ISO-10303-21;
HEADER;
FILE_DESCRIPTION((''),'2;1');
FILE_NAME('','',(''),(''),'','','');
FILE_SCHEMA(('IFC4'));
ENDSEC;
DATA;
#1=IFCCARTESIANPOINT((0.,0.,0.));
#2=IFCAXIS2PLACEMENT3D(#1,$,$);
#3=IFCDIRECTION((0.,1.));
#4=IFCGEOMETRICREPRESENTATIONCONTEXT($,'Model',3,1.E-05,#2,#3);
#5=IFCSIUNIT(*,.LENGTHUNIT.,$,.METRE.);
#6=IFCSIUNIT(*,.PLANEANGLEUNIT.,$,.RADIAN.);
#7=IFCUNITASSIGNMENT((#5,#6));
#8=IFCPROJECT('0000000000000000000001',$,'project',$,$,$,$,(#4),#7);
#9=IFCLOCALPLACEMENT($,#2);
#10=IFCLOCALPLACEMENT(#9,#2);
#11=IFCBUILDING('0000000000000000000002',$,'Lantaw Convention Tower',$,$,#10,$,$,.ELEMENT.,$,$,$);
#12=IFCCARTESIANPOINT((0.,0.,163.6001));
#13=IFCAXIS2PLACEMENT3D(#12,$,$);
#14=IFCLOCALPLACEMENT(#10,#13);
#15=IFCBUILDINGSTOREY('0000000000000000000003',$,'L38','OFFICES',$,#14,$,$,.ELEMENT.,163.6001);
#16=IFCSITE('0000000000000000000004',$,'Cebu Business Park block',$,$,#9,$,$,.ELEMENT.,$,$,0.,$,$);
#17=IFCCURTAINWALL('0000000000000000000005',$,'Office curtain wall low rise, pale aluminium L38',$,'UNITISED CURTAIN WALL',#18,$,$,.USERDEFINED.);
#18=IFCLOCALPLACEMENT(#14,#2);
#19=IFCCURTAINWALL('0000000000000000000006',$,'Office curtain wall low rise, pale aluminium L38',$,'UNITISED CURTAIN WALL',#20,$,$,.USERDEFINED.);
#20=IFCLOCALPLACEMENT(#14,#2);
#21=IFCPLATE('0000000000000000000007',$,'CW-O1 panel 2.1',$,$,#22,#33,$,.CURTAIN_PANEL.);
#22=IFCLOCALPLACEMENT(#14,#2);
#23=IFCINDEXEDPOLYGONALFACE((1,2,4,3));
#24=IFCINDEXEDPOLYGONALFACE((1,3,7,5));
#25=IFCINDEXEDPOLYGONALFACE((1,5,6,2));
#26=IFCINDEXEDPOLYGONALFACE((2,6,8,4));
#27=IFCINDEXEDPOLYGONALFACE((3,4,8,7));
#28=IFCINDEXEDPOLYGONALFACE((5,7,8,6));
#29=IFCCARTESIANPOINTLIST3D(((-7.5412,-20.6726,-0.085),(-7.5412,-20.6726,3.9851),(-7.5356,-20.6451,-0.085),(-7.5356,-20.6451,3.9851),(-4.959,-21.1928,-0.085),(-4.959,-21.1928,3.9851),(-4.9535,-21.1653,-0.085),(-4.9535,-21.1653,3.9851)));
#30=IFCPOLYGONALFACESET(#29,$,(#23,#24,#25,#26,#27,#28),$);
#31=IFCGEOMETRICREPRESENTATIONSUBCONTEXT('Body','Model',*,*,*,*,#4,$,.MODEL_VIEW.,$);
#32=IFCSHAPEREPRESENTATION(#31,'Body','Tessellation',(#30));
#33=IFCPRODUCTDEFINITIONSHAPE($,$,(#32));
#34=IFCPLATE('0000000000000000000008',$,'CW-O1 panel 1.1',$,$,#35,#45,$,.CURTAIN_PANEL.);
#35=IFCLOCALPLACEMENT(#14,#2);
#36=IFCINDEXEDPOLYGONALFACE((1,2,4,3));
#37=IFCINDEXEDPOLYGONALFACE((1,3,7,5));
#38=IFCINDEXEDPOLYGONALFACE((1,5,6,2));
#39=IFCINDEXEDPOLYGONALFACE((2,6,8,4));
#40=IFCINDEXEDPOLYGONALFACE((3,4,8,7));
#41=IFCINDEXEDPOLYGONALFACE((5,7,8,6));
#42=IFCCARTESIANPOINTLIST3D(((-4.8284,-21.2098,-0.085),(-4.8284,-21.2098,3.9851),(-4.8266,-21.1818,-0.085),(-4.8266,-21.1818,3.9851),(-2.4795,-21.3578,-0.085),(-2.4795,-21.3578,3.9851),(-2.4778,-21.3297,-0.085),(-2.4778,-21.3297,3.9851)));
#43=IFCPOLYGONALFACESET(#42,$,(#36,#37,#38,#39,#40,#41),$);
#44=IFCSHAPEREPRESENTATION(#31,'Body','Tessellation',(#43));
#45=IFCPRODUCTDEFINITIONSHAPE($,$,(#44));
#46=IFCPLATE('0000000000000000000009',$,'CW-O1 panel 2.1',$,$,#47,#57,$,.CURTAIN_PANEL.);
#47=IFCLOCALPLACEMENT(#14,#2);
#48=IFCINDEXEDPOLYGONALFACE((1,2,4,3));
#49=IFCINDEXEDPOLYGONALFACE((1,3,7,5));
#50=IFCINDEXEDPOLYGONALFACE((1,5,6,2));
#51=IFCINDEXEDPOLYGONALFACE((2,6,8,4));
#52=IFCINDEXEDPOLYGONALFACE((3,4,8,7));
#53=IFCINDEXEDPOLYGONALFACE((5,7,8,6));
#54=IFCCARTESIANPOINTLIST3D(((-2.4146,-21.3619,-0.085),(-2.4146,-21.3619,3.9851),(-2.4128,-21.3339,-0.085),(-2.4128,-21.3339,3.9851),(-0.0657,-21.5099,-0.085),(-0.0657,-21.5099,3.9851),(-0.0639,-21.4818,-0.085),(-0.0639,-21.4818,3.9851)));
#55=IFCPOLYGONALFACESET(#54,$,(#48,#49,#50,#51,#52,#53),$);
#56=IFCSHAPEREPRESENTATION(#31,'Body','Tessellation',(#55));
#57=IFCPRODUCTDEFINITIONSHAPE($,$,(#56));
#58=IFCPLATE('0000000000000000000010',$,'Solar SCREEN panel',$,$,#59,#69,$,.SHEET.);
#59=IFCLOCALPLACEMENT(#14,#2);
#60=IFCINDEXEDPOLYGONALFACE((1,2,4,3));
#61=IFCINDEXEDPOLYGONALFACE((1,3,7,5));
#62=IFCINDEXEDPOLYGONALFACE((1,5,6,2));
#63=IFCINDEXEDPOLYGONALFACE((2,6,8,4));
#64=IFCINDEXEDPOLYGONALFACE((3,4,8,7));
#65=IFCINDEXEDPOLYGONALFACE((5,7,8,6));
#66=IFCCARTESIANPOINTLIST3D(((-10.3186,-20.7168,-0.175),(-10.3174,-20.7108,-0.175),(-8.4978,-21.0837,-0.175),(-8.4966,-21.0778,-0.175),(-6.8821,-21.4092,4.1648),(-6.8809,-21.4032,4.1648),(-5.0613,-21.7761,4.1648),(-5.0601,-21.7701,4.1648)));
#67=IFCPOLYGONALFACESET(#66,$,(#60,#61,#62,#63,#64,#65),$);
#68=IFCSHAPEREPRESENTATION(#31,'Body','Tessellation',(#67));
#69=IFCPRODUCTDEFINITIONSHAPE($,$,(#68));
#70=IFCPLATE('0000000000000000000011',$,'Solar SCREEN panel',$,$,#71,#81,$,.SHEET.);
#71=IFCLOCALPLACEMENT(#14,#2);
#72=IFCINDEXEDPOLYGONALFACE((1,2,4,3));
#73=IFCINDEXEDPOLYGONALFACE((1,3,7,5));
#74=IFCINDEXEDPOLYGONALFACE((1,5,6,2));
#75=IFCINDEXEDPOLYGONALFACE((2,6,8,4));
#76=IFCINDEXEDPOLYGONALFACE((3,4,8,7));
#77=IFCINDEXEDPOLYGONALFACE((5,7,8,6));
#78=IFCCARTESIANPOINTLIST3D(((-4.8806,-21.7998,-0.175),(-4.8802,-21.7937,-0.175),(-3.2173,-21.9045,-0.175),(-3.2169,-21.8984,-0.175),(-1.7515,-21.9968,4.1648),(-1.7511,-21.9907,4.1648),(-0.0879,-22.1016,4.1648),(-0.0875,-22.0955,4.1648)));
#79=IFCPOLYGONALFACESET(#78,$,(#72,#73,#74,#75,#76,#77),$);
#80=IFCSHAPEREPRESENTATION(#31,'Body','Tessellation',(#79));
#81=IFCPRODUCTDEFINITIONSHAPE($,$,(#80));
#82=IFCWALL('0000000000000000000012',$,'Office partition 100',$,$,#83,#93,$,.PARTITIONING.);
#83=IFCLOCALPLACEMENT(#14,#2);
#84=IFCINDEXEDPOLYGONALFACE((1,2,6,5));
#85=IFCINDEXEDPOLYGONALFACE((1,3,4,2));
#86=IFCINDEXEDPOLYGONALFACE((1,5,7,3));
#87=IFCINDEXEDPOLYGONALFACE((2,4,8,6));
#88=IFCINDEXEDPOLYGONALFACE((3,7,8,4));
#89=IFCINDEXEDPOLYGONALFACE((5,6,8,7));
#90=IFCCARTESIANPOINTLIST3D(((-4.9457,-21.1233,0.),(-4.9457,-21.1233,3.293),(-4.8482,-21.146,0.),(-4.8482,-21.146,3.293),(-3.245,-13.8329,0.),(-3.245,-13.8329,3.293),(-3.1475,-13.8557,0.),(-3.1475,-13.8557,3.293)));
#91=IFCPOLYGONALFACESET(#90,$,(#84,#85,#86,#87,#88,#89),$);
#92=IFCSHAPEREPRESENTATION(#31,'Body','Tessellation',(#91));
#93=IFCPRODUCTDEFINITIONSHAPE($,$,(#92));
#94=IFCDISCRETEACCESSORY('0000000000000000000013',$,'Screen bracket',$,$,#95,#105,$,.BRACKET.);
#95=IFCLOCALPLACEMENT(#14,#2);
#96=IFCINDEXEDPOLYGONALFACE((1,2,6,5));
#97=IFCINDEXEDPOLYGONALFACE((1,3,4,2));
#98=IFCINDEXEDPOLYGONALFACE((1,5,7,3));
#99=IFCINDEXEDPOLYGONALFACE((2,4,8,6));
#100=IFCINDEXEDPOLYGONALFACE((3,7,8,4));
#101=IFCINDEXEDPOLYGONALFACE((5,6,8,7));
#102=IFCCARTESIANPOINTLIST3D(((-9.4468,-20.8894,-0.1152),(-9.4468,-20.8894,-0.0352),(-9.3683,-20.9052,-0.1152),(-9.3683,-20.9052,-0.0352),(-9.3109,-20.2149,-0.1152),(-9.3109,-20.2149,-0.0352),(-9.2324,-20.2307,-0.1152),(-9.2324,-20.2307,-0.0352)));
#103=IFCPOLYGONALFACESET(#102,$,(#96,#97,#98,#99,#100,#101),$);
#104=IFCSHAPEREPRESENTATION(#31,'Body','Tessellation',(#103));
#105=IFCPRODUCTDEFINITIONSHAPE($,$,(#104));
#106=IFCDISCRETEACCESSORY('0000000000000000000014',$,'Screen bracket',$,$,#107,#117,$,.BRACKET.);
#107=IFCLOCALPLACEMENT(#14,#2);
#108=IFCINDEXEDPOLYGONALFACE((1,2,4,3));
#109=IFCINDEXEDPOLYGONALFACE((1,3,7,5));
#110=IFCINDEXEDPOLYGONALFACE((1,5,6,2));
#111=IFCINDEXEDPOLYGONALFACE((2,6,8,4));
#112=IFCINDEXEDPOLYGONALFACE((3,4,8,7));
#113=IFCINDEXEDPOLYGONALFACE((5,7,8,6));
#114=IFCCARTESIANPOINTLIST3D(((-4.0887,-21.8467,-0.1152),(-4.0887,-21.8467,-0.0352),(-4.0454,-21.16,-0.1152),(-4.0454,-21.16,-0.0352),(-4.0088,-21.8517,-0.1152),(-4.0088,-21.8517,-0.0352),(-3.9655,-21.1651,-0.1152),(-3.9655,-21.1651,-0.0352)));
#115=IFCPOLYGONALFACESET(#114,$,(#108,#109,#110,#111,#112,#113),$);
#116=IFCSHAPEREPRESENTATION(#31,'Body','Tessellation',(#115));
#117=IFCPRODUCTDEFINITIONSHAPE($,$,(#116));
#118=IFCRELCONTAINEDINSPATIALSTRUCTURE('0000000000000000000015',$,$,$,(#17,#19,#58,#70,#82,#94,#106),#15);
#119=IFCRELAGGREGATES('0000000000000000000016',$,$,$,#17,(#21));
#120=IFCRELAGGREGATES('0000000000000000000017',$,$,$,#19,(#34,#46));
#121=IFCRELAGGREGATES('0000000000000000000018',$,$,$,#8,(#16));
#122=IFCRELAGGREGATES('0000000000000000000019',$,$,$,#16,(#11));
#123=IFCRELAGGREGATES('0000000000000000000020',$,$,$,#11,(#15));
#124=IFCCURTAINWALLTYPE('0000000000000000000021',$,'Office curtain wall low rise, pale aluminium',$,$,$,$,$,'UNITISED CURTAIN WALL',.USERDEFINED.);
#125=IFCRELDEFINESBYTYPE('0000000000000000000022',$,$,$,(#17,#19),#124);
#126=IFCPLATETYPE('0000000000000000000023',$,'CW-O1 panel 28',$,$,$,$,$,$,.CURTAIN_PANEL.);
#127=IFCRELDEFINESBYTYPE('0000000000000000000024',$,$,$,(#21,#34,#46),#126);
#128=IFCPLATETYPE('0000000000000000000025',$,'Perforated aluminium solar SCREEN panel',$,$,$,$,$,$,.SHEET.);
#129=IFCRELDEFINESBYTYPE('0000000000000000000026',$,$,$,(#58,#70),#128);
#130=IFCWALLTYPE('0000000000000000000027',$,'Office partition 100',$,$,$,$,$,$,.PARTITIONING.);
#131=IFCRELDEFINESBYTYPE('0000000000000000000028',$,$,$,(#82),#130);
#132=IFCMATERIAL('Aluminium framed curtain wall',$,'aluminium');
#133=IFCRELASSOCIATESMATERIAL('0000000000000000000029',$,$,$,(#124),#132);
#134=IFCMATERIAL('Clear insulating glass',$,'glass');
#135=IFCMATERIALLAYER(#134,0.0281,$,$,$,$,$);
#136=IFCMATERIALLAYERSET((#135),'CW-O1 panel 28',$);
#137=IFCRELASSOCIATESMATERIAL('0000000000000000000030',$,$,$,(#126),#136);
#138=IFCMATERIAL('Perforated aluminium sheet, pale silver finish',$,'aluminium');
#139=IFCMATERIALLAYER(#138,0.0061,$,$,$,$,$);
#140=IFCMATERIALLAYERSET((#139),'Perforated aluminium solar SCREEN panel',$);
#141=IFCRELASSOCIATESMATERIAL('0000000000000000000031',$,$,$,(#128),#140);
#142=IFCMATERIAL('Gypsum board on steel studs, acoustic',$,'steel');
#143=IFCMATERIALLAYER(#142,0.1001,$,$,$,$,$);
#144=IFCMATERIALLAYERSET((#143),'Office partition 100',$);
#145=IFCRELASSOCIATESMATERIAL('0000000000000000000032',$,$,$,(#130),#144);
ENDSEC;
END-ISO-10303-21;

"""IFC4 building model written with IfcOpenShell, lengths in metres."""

from ifc_helpers import new_model, si_unit, direction, frame, frame_2d, origin, origin_2d, place, context, subcontext, project, spatial, polyline, rectangle, outline, extrude, material, layer, layer_set, type_object, element, aggregate, save


model = new_model("IFC4")

# Units and contexts
model_context = context("Model", 3, precision=1e-05, world=origin(), true_north=direction((0.0, 1.0)))
body_context = subcontext(model_context, "Body", "Model", "MODEL_VIEW")
ifc_project = project(units=[si_unit("LENGTHUNIT", "METRE"), si_unit("PLANEANGLEUNIT", "RADIAN")], contexts=[model_context])

# Site, building, storey
site_placement = place(None, origin())
site = spatial("IfcSite", under=ifc_project, at=site_placement, Name="Cebu Business Park block", CompositionType="ELEMENT", RefElevation=0.0)
building_placement = place(site_placement, origin())
building = spatial("IfcBuilding", under=site, at=building_placement, Name="Lantaw Convention Tower", CompositionType="ELEMENT")
storey_placement = place(building_placement, frame((0.0, 0.0, 163.6001)))
storey = spatial("IfcBuildingStorey", under=building, at=storey_placement, Name="L38", Description="OFFICES", CompositionType="ELEMENT", Elevation=163.6001)

# Shared definitions
ifc_material_1 = material(Name="Aluminium framed curtain wall", Category="aluminium")
curtain_wall_type = type_object("IfcCurtainWallType", Name="Office curtain wall low rise, pale aluminium", ElementType="UNITISED CURTAIN WALL", PredefinedType="USERDEFINED", material=ifc_material_1)

# Curtain walls
curtain_wall_1_placement = place(storey_placement, origin())
curtain_wall_1 = element("IfcCurtainWall", 1, at=curtain_wall_1_placement, inside=storey, type_object=curtain_wall_type, Name="Office curtain wall low rise, pale aluminium L38", ObjectType="UNITISED CURTAIN WALL", PredefinedType="USERDEFINED")
curtain_wall_2_placement = place(storey_placement, origin())
curtain_wall_2 = element("IfcCurtainWall", 2, at=curtain_wall_2_placement, inside=storey, type_object=curtain_wall_type, Name="Office curtain wall low rise, pale aluminium L38", ObjectType="UNITISED CURTAIN WALL", PredefinedType="USERDEFINED")

# Plates
ifc_material_2 = material(Name="Clear insulating glass", Category="glass")
ifc_layer_1 = layer(ifc_material_2, 0.0281)
ifc_layer_set_1 = layer_set([ifc_layer_1], Name="CW-O1 panel 28")
plate_type_1 = type_object("IfcPlateType", Name="CW-O1 panel 28", PredefinedType="CURTAIN_PANEL", material=ifc_layer_set_1)
plate_1_placement = place(storey_placement, frame((-6.2473, -20.9189, -0.085), z_axis=(0.0, 0.0, 1.0), x_axis=(0.980302, -0.197507, 0.0)))
plate_1 = element("IfcPlate", 3, at=plate_1_placement, type_object=plate_type_1, Name="CW-O1 panel 2.1", PredefinedType="CURTAIN_PANEL", context=body_context, shape_type="SweptSolid", body=[
    extrude(rectangle(XDim=2.634, YDim=0.0281, at=origin_2d()), origin(), (0.0, 0.0, 1.0), 4.0701),
])
aggregate(curtain_wall_1, [plate_1])
plate_2_placement = place(storey_placement, frame((-3.6531, -21.2698, -0.085), z_axis=(0.0, 0.0, 1.0), x_axis=(0.998022, -0.062865, 0.0)))
plate_2 = element("IfcPlate", 4, at=plate_2_placement, type_object=plate_type_1, Name="CW-O1 panel 1.1", PredefinedType="CURTAIN_PANEL", context=body_context, shape_type="SweptSolid", body=[
    extrude(rectangle(XDim=2.3535, YDim=0.0281, at=origin_2d()), origin(), (0.0, 0.0, 1.0), 4.0701),
])
plate_3_placement = place(storey_placement, frame((-1.2393, -21.4219, -0.085), z_axis=(0.0, 0.0, 1.0), x_axis=(0.998022, -0.062865, 0.0)))
plate_3 = element("IfcPlate", 5, at=plate_3_placement, type_object=plate_type_1, Name="CW-O1 panel 2.1", PredefinedType="CURTAIN_PANEL", context=body_context, shape_type="SweptSolid", body=[
    extrude(rectangle(XDim=2.3535, YDim=0.0281, at=origin_2d()), origin(), (0.0, 0.0, 1.0), 4.0701),
])
aggregate(curtain_wall_2, [plate_2, plate_3])

# Plates
ifc_material_3 = material(Name="Perforated aluminium sheet, pale silver finish", Category="aluminium")
ifc_layer_2 = layer(ifc_material_3, 0.0061)
ifc_layer_set_2 = layer_set([ifc_layer_2], Name="Perforated aluminium solar SCREEN panel")
plate_type_2 = type_object("IfcPlateType", Name="Perforated aluminium solar SCREEN panel", PredefinedType="SHEET", material=ifc_layer_set_2)
plate_4_placement = place(storey_placement, frame((-10.3186, -20.7168, -0.175), z_axis=(-0.197557, -0.980291, 0.000039), x_axis=(0.980291, -0.197557, 0.0)))
element("IfcPlate", 6, at=plate_4_placement, inside=storey, type_object=plate_type_2, Name="Solar SCREEN panel", PredefinedType="SHEET", context=body_context, shape_type="SweptSolid", body=[
    extrude(outline(polyline([(0.0, 0.0), (1.8574, 0.0), (5.363, 4.3398), (3.5056, 4.3398), (0.0, 0.0)])), origin(), (0.0, 0.0, -1.0), 0.0061),
])
plate_5_placement = place(storey_placement, frame((-4.8806, -21.7998, -0.175), z_axis=(-0.062839, -0.998024, 0.000002), x_axis=(0.998024, -0.062839, 0.0)))
element("IfcPlate", 7, at=plate_5_placement, inside=storey, type_object=plate_type_2, Name="Solar SCREEN panel", PredefinedType="SHEET", context=body_context, shape_type="SweptSolid", body=[
    extrude(outline(polyline([(0.0, 0.0), (1.6666, 0.0), (4.8022, 4.3398), (3.1353, 4.3398), (0.0, 0.0)])), origin(), (0.0, 0.0, -1.0), 0.0061),
])

# Wall
ifc_material_4 = material(Name="Gypsum board on steel studs, acoustic", Category="steel")
ifc_layer_3 = layer(ifc_material_4, 0.1001)
ifc_layer_set_3 = layer_set([ifc_layer_3], Name="Office partition 100")
wall_type = type_object("IfcWallType", Name="Office partition 100", PredefinedType="PARTITIONING", material=ifc_layer_set_3)
wall_placement = place(storey_placement, frame((-4.897, -21.1348, 0.0), z_axis=(0.0, 0.0, 1.0), x_axis=(0.227181, 0.973853, 0.0)))
element("IfcWall", 8, at=wall_placement, inside=storey, type_object=wall_type, Name="Office partition 100", PredefinedType="PARTITIONING", context=body_context, shape_type="SweptSolid", body=[
    extrude(rectangle(XDim=7.4861, YDim=0.1001, at=frame_2d((3.7432, 0.0))), origin(), (0.0, 0.0, 1.0), 3.293),
])

# Discrete accessories
for number, where, z_axis, x_axis, name in (
    (9, (-9.3396, -20.5601, -0.1152), (0.0, 0.0, 1.0), (0.980302, -0.197507, 0.0), "Screen bracket"),
    (10, (-4.0271, -21.5059, -0.1152), (0.0, 0.0, 1.0), (0.998022, -0.062865, 0.0), "Screen bracket"),
):
    element("IfcDiscreteAccessory", number, at=place(storey_placement, frame(where, z_axis=z_axis, x_axis=x_axis)), inside=storey, Name=name, PredefinedType="BRACKET", context=body_context, shape_type="SweptSolid", body=[
        extrude(rectangle(XDim=0.0801, YDim=0.688, at=origin_2d()), origin(), (0.0, 0.0, 1.0), 0.0801),
    ])

save(model, "model.ifc")
